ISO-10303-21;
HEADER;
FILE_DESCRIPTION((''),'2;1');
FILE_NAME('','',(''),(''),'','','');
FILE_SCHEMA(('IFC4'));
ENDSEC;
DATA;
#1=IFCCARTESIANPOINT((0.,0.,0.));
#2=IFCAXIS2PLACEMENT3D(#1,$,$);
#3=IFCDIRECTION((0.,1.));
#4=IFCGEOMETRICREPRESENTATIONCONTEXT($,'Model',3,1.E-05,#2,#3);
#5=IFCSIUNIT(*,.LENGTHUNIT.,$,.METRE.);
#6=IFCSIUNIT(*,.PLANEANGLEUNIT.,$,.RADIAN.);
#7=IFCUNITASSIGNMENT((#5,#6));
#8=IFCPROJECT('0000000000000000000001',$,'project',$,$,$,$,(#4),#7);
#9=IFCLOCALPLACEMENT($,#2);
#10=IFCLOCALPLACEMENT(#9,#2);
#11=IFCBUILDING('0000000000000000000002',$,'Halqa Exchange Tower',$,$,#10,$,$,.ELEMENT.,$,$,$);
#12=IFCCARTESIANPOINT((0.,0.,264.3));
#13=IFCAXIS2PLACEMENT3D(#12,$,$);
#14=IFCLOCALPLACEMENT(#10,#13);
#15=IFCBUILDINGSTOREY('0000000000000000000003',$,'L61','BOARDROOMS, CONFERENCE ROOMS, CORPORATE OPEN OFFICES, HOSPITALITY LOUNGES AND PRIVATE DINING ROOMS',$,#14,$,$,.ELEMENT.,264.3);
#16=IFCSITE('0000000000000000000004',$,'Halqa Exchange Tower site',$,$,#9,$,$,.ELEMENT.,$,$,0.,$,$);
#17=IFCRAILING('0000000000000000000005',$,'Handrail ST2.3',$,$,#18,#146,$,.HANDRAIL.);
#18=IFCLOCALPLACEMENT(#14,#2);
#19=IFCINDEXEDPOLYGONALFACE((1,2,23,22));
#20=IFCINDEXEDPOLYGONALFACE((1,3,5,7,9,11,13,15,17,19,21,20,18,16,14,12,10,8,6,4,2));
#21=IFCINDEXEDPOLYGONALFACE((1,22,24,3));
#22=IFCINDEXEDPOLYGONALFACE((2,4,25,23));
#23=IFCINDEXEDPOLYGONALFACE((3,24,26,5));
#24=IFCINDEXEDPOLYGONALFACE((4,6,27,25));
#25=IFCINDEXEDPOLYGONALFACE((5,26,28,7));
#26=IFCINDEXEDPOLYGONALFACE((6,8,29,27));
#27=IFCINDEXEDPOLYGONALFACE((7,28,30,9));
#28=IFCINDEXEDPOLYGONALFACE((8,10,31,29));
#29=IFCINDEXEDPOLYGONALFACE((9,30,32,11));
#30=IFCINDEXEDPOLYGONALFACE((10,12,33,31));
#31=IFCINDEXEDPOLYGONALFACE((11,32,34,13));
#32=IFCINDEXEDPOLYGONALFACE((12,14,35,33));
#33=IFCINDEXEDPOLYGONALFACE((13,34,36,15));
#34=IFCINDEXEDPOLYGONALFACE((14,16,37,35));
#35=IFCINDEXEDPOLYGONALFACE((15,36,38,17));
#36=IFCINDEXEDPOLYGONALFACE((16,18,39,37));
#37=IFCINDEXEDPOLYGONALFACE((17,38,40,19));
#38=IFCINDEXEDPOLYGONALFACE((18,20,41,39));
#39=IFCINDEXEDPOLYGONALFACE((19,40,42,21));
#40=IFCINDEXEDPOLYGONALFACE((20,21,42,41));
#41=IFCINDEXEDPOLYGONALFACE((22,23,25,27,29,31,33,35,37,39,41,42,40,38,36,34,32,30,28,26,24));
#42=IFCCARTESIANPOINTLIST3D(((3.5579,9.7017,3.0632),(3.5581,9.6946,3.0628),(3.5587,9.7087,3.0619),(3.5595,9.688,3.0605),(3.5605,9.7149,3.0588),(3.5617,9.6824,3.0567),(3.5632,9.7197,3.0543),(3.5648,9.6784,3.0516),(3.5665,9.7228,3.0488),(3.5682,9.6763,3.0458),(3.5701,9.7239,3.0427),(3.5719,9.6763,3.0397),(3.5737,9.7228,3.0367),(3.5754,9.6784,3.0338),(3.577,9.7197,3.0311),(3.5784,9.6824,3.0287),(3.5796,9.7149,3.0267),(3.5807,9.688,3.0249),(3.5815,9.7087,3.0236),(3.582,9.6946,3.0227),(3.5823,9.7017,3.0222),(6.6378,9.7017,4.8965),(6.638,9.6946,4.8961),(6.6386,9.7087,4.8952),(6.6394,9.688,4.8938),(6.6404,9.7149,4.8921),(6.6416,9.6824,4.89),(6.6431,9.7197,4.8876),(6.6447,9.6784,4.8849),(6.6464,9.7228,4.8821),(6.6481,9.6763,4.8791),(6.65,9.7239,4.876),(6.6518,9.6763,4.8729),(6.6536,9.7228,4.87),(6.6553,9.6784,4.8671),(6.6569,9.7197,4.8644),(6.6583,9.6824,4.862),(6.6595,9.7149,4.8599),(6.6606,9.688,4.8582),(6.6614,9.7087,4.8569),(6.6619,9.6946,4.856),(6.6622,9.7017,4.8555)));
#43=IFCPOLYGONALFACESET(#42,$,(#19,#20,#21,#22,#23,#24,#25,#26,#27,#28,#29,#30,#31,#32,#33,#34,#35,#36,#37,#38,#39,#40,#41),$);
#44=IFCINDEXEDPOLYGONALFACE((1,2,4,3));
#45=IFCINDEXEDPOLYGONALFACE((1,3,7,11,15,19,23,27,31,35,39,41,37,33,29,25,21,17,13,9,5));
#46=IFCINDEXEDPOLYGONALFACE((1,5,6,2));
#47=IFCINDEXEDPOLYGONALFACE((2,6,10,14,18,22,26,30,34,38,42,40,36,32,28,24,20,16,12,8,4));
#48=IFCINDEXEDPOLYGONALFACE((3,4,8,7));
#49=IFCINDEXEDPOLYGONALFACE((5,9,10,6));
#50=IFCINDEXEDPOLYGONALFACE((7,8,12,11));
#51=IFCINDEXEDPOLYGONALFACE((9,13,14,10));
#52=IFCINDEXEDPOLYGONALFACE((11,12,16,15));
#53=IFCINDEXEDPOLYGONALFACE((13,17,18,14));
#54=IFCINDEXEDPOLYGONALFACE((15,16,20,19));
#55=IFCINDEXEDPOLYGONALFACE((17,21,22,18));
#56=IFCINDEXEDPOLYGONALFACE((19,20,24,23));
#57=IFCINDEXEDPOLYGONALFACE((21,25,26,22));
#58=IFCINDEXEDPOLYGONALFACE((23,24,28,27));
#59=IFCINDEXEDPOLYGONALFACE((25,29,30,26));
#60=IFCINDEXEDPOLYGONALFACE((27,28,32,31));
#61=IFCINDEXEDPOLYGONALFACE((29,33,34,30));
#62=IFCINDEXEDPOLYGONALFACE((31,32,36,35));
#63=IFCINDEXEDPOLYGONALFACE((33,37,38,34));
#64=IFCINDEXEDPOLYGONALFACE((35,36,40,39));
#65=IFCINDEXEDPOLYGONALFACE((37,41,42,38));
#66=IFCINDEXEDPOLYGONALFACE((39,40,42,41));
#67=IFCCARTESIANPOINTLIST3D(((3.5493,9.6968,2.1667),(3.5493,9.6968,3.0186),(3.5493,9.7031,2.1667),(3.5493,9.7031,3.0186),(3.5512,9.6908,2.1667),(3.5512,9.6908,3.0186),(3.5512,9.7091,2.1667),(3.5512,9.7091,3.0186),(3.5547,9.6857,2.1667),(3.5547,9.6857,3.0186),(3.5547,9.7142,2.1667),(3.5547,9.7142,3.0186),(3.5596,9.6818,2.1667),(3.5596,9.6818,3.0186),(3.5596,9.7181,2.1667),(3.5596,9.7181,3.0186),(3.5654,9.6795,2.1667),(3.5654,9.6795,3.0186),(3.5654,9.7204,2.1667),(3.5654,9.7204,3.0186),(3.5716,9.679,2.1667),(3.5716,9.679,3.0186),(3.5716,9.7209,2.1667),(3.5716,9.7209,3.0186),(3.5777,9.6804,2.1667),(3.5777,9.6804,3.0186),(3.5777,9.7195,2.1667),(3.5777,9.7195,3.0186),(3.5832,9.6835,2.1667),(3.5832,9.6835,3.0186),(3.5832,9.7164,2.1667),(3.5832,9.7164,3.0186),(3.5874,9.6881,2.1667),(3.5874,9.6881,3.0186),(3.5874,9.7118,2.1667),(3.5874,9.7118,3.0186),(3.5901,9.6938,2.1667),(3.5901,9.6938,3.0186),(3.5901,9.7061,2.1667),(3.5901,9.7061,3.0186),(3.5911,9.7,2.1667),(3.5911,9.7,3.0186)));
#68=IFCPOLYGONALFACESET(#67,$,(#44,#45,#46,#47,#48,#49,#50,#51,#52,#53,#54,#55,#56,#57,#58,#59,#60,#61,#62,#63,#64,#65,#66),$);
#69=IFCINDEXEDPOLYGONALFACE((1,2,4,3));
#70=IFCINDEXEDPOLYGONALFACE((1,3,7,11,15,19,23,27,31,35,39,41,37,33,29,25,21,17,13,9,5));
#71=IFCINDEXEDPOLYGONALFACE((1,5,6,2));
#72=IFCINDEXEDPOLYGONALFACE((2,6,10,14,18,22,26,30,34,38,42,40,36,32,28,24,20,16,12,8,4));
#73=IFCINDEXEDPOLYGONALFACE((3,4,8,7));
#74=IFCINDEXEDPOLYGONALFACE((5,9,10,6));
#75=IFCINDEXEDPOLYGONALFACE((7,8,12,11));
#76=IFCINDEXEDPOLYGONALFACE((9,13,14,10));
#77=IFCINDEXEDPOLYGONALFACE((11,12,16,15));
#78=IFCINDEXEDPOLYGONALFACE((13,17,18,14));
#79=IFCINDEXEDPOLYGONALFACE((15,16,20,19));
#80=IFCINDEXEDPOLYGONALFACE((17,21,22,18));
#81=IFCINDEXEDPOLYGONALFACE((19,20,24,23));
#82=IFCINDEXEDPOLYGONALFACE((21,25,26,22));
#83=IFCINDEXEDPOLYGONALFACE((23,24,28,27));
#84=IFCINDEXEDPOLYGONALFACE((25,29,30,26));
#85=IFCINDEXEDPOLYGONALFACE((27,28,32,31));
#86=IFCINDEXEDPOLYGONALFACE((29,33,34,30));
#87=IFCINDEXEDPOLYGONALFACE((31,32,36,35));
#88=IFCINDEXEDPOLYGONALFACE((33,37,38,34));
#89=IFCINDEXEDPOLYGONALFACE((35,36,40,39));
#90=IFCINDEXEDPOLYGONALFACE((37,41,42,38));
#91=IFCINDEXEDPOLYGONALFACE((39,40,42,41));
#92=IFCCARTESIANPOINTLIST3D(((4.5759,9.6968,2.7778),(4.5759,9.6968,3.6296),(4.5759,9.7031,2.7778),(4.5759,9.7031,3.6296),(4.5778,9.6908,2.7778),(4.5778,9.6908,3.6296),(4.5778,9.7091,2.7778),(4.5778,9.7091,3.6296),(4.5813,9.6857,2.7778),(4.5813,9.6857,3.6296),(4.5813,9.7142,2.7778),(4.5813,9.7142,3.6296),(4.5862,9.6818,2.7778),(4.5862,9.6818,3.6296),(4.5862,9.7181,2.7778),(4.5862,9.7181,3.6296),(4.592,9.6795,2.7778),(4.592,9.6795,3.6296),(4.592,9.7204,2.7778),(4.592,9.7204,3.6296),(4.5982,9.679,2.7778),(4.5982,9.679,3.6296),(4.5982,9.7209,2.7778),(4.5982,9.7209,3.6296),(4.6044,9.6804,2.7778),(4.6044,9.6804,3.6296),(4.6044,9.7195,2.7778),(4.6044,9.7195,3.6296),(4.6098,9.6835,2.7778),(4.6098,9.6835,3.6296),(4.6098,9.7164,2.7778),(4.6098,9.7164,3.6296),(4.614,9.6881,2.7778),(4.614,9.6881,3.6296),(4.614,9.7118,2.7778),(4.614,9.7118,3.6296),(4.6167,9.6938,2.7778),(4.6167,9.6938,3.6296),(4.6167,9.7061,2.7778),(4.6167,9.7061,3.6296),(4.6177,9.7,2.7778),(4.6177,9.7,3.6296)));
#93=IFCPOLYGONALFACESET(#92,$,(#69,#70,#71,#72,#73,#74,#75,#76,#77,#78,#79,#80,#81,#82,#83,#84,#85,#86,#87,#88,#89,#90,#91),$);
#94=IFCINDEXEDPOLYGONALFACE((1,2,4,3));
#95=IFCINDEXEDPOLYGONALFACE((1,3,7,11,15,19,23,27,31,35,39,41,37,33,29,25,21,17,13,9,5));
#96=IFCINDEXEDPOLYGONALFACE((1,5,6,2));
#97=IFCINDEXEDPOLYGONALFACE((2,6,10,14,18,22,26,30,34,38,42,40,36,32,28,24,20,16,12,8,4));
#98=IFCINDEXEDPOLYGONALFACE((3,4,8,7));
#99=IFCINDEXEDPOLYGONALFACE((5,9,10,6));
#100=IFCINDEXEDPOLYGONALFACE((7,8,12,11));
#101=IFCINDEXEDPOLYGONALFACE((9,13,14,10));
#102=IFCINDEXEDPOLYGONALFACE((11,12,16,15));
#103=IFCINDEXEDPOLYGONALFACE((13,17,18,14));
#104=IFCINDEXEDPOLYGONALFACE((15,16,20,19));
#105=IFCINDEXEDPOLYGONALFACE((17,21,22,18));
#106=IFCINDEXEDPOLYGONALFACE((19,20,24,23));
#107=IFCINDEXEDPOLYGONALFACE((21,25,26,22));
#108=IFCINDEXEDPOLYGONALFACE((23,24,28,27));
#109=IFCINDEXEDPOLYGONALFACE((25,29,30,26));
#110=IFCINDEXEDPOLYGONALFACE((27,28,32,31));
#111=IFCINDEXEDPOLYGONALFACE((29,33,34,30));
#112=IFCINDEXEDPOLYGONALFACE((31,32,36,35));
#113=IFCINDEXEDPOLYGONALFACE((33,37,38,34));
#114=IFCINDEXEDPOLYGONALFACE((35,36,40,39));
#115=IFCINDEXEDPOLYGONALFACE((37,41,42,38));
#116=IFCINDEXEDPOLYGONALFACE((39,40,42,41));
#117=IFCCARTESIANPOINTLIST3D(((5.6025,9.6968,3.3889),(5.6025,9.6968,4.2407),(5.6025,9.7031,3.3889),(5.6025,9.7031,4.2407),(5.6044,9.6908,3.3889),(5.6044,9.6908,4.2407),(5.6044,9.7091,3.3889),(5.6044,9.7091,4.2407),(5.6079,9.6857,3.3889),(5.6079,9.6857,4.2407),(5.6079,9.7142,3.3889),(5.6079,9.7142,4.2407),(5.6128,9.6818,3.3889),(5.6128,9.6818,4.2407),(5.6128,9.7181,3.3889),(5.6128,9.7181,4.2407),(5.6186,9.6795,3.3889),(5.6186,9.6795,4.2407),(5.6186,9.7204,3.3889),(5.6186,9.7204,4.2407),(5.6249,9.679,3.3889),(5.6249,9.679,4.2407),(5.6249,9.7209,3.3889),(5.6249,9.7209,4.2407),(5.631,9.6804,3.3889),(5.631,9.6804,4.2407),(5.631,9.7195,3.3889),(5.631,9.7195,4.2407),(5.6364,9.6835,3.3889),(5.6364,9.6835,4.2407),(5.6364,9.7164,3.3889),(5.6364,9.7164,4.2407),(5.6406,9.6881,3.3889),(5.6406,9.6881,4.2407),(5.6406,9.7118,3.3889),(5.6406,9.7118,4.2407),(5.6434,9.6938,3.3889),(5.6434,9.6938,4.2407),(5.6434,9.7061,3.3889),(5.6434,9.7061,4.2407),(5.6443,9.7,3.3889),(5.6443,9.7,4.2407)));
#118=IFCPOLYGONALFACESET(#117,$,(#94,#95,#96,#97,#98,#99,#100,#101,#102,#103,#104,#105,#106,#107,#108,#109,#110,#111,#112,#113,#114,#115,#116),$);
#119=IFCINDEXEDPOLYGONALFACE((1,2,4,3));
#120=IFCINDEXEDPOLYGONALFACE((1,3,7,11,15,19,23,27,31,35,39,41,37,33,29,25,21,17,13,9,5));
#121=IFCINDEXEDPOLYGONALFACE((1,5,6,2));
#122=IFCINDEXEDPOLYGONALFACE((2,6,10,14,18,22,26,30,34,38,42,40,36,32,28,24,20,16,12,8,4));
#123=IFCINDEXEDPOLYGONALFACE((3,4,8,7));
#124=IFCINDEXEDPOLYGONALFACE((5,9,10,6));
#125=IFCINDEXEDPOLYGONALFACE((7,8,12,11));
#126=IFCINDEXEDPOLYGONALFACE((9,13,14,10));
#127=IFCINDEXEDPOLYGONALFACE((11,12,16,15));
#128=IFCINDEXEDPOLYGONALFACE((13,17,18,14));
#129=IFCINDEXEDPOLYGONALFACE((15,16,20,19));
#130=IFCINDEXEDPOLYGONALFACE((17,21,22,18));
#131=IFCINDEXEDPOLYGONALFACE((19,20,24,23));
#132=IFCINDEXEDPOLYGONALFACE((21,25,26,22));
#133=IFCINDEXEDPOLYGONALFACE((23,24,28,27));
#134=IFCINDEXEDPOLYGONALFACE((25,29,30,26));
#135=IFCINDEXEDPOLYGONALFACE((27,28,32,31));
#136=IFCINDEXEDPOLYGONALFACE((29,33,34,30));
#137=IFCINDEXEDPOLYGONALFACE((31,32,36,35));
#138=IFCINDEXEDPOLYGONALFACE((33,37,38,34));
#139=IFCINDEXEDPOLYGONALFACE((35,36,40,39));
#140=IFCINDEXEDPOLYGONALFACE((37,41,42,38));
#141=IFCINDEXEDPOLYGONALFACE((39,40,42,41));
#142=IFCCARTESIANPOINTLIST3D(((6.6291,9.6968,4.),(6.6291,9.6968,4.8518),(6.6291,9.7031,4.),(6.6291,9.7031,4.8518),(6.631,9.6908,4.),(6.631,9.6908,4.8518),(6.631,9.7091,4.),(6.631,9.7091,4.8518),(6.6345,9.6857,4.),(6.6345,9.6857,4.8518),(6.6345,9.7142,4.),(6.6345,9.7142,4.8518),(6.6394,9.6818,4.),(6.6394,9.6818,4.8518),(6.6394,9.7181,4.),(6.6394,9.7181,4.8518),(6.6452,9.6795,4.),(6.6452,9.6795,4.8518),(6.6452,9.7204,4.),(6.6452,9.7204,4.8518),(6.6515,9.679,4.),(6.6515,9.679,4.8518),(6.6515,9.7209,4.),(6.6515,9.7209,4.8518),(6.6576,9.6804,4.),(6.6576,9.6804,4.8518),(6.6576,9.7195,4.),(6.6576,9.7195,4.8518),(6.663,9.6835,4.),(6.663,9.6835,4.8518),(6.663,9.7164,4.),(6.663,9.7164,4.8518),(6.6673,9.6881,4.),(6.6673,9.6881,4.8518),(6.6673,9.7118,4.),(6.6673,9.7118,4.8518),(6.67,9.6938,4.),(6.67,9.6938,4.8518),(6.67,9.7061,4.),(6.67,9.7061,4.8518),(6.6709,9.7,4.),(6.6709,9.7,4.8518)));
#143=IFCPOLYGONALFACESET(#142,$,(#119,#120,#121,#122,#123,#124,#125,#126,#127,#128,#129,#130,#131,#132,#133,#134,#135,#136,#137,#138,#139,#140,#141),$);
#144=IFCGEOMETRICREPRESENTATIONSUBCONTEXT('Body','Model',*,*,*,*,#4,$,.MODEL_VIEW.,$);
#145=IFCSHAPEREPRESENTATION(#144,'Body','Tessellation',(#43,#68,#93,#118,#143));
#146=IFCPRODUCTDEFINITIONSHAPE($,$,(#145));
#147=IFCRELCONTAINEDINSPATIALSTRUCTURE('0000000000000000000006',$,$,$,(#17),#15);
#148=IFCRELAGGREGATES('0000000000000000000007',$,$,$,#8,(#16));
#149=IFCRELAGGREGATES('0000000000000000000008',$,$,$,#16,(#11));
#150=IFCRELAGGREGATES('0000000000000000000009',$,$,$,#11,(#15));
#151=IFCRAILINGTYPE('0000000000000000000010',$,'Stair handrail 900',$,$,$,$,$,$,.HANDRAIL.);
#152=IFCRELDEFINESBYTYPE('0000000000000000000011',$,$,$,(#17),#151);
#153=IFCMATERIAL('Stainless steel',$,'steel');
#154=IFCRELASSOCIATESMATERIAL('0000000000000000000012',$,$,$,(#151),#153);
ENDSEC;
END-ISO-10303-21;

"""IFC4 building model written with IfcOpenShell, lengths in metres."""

from ifc_helpers import new_model, si_unit, direction, frame, origin, origin_2d, place, context, subcontext, project, spatial, circle, extrude, material, type_object, element, save


model = new_model("IFC4")

# Units and contexts
model_context = context("Model", 3, precision=1e-05, world=origin(), true_north=direction((0.0, 1.0)))
body_context = subcontext(model_context, "Body", "Model", "MODEL_VIEW")
ifc_project = project(units=[si_unit("LENGTHUNIT", "METRE"), si_unit("PLANEANGLEUNIT", "RADIAN")], contexts=[model_context])

# Site, building, storey
site_placement = place(None, origin())
site = spatial("IfcSite", under=ifc_project, at=site_placement, Name="Halqa Exchange Tower site", CompositionType="ELEMENT", RefElevation=0.0)
building_placement = place(site_placement, origin())
building = spatial("IfcBuilding", under=site, at=building_placement, Name="Halqa Exchange Tower", CompositionType="ELEMENT")
storey_placement = place(building_placement, frame((0.0, 0.0, 264.3)))
storey = spatial("IfcBuildingStorey", under=building, at=storey_placement, Name="L61", Description="BOARDROOMS, CONFERENCE ROOMS, CORPORATE OPEN OFFICES, HOSPITALITY LOUNGES AND PRIVATE DINING ROOMS", CompositionType="ELEMENT", Elevation=264.3)

# Railing
ifc_material_1 = material(Name="Stainless steel", Category="steel")
railing_type_1 = type_object("IfcRailingType", Name="Stair handrail 900", PredefinedType="HANDRAIL", material=ifc_material_1)
railing_1_placement = place(storey_placement, frame((3.5701, 9.7, 2.1667)))
element("IfcRailing", 1, at=railing_1_placement, inside=storey, type_object=railing_type_1, Name="Handrail ST2.3", PredefinedType="HANDRAIL", context=body_context, shape_type="SweptSolid", body=[
    extrude(circle(Radius=0.0239, at=origin_2d()), frame((0.0, 0.0, 0.876), z_axis=(0.859291, 0.0, 0.511487), x_axis=(0.0, 1.0, 0.0)), (0.0, 0.0, 1.0), 3.5842),
    extrude(circle(Radius=0.021, at=origin_2d()), origin(), (0.0, 0.0, 1.0), 0.8518),
    extrude(circle(Radius=0.021, at=origin_2d()), frame((1.0266, 0.0, 0.6111)), (0.0, 0.0, 1.0), 0.8518),
    extrude(circle(Radius=0.021, at=origin_2d()), frame((2.0532, 0.0, 1.2222)), (0.0, 0.0, 1.0), 0.8518),
    extrude(circle(Radius=0.021, at=origin_2d()), frame((3.0798, 0.0, 1.8333)), (0.0, 0.0, 1.0), 0.8518),
])

save(model, "model.ifc")
